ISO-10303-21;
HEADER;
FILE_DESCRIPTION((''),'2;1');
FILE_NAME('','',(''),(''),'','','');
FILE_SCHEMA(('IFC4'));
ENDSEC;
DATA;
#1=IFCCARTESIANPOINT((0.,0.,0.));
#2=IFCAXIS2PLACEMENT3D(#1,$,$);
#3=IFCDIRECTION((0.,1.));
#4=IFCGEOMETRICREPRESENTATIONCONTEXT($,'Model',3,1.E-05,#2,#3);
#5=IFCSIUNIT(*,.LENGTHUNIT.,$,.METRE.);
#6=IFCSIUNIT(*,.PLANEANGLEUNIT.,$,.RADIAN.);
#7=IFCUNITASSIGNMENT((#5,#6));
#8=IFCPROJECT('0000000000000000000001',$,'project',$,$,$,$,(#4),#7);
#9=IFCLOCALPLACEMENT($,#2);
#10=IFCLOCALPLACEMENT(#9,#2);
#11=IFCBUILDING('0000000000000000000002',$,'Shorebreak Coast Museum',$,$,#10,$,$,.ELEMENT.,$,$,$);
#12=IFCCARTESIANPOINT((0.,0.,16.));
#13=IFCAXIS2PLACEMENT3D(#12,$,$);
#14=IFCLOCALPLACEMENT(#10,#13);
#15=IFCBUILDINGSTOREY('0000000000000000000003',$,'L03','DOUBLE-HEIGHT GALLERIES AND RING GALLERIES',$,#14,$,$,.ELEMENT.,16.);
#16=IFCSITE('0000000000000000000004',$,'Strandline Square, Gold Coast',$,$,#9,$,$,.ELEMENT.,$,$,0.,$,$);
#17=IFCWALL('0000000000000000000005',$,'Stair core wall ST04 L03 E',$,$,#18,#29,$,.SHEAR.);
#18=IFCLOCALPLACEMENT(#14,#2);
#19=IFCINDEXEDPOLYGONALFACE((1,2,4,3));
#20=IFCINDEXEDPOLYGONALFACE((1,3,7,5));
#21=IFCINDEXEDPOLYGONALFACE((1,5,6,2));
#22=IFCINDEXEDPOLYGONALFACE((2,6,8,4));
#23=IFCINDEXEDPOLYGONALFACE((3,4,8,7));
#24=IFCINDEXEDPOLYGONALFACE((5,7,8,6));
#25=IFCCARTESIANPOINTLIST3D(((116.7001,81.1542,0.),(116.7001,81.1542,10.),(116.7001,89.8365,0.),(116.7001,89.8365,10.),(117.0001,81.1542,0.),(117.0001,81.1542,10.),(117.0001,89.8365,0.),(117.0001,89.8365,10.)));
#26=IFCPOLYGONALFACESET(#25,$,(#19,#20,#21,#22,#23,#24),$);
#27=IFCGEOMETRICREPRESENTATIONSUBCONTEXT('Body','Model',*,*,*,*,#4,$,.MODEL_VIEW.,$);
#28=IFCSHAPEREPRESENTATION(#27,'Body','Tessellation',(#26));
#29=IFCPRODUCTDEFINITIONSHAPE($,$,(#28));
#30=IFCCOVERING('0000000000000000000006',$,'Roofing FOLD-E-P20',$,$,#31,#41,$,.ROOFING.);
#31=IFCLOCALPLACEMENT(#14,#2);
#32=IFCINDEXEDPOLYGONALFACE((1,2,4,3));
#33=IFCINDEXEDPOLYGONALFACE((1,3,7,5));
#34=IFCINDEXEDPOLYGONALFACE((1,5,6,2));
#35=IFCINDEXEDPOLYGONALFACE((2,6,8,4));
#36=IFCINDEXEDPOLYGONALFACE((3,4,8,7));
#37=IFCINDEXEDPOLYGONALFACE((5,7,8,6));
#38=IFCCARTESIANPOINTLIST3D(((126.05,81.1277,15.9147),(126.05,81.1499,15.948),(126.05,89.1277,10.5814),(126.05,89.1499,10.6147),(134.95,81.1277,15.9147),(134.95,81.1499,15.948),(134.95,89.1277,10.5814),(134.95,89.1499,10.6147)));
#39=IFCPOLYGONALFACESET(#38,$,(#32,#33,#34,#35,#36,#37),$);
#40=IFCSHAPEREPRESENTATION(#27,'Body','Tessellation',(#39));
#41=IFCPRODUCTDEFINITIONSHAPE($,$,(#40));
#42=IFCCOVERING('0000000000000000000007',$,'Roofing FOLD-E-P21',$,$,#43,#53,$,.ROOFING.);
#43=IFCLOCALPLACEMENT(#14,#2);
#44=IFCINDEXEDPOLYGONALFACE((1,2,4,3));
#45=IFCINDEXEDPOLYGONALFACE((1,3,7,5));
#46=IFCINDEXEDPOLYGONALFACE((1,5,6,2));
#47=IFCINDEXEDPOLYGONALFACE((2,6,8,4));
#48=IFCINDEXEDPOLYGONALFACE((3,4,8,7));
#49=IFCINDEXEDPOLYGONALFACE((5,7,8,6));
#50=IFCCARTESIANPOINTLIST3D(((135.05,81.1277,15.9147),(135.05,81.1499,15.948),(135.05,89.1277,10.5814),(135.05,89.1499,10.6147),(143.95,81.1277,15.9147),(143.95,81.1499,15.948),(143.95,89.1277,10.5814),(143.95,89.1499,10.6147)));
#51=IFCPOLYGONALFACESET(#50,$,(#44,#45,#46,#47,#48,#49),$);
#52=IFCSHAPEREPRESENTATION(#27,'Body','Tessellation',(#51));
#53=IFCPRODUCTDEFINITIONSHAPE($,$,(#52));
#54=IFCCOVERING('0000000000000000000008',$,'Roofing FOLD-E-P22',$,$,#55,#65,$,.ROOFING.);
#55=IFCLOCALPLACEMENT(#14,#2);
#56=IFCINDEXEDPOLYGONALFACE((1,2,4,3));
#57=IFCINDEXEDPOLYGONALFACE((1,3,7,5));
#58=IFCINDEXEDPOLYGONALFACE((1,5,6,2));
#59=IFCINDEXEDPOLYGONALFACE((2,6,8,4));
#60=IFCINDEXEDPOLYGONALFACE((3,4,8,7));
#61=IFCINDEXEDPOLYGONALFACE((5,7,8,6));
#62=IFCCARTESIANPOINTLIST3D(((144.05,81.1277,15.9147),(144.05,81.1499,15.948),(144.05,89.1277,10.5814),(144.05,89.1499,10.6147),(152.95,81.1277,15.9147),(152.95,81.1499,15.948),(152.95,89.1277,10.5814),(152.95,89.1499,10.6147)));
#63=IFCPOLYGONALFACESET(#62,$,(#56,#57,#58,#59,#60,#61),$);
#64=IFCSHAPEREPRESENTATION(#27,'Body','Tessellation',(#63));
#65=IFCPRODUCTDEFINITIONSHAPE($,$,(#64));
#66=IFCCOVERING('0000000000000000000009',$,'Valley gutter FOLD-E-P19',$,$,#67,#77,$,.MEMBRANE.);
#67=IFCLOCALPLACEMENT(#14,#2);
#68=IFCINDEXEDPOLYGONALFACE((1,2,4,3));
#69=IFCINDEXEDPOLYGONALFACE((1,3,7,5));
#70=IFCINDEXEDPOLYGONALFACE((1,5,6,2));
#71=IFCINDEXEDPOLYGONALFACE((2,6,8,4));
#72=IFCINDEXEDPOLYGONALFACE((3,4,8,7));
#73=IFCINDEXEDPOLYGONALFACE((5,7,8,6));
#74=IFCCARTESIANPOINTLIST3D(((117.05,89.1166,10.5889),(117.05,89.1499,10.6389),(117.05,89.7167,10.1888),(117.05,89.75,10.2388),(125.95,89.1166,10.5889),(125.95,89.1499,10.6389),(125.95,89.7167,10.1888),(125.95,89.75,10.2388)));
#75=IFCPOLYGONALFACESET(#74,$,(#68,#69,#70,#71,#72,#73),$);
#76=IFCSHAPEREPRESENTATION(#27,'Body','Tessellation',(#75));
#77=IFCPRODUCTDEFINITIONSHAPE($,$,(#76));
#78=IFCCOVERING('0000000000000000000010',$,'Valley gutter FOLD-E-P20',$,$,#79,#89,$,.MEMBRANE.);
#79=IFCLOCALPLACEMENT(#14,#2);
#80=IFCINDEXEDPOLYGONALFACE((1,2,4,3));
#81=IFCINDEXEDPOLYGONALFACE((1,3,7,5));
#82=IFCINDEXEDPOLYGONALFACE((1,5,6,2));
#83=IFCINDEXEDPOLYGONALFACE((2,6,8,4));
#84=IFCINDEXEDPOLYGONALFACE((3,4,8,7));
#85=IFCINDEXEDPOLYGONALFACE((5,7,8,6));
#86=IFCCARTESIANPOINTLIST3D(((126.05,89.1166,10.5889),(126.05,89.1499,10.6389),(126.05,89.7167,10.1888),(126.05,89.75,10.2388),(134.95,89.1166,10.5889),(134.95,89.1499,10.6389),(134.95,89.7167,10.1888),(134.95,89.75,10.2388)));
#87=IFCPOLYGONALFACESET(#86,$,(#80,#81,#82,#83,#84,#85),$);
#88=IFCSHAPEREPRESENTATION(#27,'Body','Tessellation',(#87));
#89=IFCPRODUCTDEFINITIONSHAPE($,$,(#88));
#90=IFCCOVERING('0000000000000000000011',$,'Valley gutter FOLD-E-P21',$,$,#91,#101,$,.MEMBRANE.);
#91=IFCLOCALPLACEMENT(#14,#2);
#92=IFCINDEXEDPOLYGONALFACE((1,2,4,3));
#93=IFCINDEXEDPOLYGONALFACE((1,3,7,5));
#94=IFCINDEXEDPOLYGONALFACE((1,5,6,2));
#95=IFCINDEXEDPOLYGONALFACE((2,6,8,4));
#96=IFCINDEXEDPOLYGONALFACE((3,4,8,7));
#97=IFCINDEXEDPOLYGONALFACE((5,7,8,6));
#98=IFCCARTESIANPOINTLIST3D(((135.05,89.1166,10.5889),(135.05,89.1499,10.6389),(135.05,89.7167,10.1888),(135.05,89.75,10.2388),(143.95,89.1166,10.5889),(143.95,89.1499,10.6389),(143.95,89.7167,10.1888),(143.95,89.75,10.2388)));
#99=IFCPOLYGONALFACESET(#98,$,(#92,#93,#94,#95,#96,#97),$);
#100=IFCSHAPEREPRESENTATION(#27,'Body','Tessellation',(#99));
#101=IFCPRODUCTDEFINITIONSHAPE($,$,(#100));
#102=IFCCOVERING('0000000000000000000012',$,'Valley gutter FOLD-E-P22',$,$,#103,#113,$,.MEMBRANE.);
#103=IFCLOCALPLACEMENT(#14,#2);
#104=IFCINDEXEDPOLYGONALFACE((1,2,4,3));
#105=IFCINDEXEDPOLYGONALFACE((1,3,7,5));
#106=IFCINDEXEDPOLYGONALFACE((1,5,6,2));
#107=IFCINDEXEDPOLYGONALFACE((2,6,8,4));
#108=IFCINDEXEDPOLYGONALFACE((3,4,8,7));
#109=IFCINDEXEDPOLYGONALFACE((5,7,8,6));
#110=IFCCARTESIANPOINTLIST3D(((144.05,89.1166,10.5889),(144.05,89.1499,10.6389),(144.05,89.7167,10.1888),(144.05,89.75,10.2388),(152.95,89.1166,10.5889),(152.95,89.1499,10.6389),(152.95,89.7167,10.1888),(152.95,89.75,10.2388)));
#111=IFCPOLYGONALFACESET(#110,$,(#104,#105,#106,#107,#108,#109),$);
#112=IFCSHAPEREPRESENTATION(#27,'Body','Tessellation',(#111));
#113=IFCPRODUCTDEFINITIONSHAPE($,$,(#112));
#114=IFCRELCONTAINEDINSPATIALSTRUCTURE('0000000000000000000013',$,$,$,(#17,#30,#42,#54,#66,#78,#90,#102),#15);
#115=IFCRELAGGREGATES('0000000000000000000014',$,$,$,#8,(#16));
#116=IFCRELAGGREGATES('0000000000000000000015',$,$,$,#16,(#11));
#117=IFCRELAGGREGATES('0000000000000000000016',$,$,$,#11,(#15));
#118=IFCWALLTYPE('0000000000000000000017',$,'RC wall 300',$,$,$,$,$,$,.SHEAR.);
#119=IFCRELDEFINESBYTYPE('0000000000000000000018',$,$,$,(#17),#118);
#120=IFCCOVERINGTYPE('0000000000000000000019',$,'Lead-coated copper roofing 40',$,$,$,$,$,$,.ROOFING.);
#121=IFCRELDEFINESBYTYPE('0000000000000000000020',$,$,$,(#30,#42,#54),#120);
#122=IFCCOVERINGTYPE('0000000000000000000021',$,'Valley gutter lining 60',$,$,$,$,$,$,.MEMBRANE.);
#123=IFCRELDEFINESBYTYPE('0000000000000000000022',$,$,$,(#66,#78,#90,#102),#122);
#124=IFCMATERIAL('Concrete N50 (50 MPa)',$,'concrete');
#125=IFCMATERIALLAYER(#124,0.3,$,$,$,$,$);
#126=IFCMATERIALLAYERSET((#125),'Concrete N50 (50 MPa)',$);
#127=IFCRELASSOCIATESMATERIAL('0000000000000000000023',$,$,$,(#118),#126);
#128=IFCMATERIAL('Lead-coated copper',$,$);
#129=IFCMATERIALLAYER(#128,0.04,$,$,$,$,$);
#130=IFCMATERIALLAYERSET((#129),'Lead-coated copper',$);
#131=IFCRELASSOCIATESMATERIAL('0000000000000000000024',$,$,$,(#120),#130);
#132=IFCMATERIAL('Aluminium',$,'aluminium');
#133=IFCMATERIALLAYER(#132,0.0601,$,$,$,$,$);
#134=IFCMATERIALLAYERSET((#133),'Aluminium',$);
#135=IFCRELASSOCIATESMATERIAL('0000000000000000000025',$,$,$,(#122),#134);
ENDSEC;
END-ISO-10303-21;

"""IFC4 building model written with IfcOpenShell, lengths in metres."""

from ifc_helpers import new_model, si_unit, direction, frame, frame_2d, origin, place, context, subcontext, project, spatial, polyline, rectangle, outline, extrude, material, layer, layer_set, type_object, element, save


model = new_model("IFC4")

# Units and contexts
model_context = context("Model", 3, precision=1e-05, world=origin(), true_north=direction((0.0, 1.0)))
body_context = subcontext(model_context, "Body", "Model", "MODEL_VIEW")
ifc_project = project(units=[si_unit("LENGTHUNIT", "METRE"), si_unit("PLANEANGLEUNIT", "RADIAN")], contexts=[model_context])

# Site, building, storey
site_placement = place(None, origin())
site = spatial("IfcSite", under=ifc_project, at=site_placement, Name="Strandline Square, Gold Coast", CompositionType="ELEMENT", RefElevation=0.0)
building_placement = place(site_placement, origin())
building = spatial("IfcBuilding", under=site, at=building_placement, Name="Shorebreak Coast Museum", CompositionType="ELEMENT")
storey_placement = place(building_placement, frame((0.0, 0.0, 16.0)))
storey = spatial("IfcBuildingStorey", under=building, at=storey_placement, Name="L03", Description="DOUBLE-HEIGHT GALLERIES AND RING GALLERIES", CompositionType="ELEMENT", Elevation=16.0)

# Wall
ifc_material_1 = material(Name="Concrete N50 (50 MPa)", Category="concrete")
ifc_layer_1 = layer(ifc_material_1, 0.3)
ifc_layer_set_1 = layer_set([ifc_layer_1], Name="Concrete N50 (50 MPa)")
wall_type_1 = type_object("IfcWallType", Name="RC wall 300", PredefinedType="SHEAR", material=ifc_layer_set_1)
wall_1_placement = place(storey_placement, frame((116.8501, 81.1541, 0.0), z_axis=(0.0, 0.0, 1.0), x_axis=(0.0, 1.0, 0.0)))
element("IfcWall", 1, at=wall_1_placement, inside=storey, type_object=wall_type_1, Name="Stair core wall ST04 L03 E", PredefinedType="SHEAR", context=body_context, shape_type="SweptSolid", body=[
    extrude(rectangle(XDim=8.6824, YDim=0.3, at=frame_2d((4.3413, 0.0))), origin(), (0.0, 0.0, 1.0), 10.0),
])

# Coverings
ifc_material_2 = material(Name="Lead-coated copper")
ifc_layer_2 = layer(ifc_material_2, 0.04)
ifc_layer_set_2 = layer_set([ifc_layer_2], Name="Lead-coated copper")
covering_type_1 = type_object("IfcCoveringType", Name="Lead-coated copper roofing 40", PredefinedType="ROOFING", material=ifc_layer_set_2)
for number, where, z_axis, x_axis, name in (
    (2, (126.05, 81.1499, 15.948), (0.0, 0.554694, 0.832054), (1.0, 0.0, 0.0), "Roofing FOLD-E-P20"),
    (3, (135.05, 81.1499, 15.948), (0.0, 0.554694, 0.832054), (1.0, 0.0, 0.0), "Roofing FOLD-E-P21"),
    (4, (144.05, 81.1499, 15.948), (0.0, 0.554694, 0.832054), (1.0, 0.0, 0.0), "Roofing FOLD-E-P22"),
):
    element("IfcCovering", number, at=place(storey_placement, frame(where, z_axis=z_axis, x_axis=x_axis)), inside=storey, type_object=covering_type_1, Name=name, PredefinedType="ROOFING", context=body_context, shape_type="SweptSolid", body=[
        extrude(outline(polyline([(0.0, 0.0), (8.8999, 0.0), (8.8999, 9.6148), (0.0, 9.6148), (0.0, 0.0)])), origin(), (0.0, 0.0, -1.0), 0.04),
    ])
ifc_material_3 = material(Name="Aluminium", Category="aluminium")
ifc_layer_3 = layer(ifc_material_3, 0.0601)
ifc_layer_set_3 = layer_set([ifc_layer_3], Name="Aluminium")
covering_type_2 = type_object("IfcCoveringType", Name="Valley gutter lining 60", PredefinedType="MEMBRANE", material=ifc_layer_set_3)
for number, where, z_axis, x_axis, name in (
    (5, (117.05, 89.1499, 10.6389), (0.0, 0.554778, 0.831998), (1.0, 0.0, 0.0), "Valley gutter FOLD-E-P19"),
    (6, (126.05, 89.1499, 10.6389), (0.0, 0.554778, 0.831998), (1.0, 0.0, 0.0), "Valley gutter FOLD-E-P20"),
    (7, (135.05, 89.1499, 10.6389), (0.0, 0.554778, 0.831998), (1.0, 0.0, 0.0), "Valley gutter FOLD-E-P21"),
    (8, (144.05, 89.1499, 10.6389), (0.0, 0.554778, 0.831998), (1.0, 0.0, 0.0), "Valley gutter FOLD-E-P22"),
):
    element("IfcCovering", number, at=place(storey_placement, frame(where, z_axis=z_axis, x_axis=x_axis)), inside=storey, type_object=covering_type_2, Name=name, PredefinedType="MEMBRANE", context=body_context, shape_type="SweptSolid", body=[
        extrude(outline(polyline([(0.0, 0.0), (8.8999, 0.0), (8.8999, 0.7213), (0.0, 0.7213), (0.0, 0.0)])), origin(), (0.0, 0.0, -1.0), 0.0601),
    ])

save(model, "model.ifc")
